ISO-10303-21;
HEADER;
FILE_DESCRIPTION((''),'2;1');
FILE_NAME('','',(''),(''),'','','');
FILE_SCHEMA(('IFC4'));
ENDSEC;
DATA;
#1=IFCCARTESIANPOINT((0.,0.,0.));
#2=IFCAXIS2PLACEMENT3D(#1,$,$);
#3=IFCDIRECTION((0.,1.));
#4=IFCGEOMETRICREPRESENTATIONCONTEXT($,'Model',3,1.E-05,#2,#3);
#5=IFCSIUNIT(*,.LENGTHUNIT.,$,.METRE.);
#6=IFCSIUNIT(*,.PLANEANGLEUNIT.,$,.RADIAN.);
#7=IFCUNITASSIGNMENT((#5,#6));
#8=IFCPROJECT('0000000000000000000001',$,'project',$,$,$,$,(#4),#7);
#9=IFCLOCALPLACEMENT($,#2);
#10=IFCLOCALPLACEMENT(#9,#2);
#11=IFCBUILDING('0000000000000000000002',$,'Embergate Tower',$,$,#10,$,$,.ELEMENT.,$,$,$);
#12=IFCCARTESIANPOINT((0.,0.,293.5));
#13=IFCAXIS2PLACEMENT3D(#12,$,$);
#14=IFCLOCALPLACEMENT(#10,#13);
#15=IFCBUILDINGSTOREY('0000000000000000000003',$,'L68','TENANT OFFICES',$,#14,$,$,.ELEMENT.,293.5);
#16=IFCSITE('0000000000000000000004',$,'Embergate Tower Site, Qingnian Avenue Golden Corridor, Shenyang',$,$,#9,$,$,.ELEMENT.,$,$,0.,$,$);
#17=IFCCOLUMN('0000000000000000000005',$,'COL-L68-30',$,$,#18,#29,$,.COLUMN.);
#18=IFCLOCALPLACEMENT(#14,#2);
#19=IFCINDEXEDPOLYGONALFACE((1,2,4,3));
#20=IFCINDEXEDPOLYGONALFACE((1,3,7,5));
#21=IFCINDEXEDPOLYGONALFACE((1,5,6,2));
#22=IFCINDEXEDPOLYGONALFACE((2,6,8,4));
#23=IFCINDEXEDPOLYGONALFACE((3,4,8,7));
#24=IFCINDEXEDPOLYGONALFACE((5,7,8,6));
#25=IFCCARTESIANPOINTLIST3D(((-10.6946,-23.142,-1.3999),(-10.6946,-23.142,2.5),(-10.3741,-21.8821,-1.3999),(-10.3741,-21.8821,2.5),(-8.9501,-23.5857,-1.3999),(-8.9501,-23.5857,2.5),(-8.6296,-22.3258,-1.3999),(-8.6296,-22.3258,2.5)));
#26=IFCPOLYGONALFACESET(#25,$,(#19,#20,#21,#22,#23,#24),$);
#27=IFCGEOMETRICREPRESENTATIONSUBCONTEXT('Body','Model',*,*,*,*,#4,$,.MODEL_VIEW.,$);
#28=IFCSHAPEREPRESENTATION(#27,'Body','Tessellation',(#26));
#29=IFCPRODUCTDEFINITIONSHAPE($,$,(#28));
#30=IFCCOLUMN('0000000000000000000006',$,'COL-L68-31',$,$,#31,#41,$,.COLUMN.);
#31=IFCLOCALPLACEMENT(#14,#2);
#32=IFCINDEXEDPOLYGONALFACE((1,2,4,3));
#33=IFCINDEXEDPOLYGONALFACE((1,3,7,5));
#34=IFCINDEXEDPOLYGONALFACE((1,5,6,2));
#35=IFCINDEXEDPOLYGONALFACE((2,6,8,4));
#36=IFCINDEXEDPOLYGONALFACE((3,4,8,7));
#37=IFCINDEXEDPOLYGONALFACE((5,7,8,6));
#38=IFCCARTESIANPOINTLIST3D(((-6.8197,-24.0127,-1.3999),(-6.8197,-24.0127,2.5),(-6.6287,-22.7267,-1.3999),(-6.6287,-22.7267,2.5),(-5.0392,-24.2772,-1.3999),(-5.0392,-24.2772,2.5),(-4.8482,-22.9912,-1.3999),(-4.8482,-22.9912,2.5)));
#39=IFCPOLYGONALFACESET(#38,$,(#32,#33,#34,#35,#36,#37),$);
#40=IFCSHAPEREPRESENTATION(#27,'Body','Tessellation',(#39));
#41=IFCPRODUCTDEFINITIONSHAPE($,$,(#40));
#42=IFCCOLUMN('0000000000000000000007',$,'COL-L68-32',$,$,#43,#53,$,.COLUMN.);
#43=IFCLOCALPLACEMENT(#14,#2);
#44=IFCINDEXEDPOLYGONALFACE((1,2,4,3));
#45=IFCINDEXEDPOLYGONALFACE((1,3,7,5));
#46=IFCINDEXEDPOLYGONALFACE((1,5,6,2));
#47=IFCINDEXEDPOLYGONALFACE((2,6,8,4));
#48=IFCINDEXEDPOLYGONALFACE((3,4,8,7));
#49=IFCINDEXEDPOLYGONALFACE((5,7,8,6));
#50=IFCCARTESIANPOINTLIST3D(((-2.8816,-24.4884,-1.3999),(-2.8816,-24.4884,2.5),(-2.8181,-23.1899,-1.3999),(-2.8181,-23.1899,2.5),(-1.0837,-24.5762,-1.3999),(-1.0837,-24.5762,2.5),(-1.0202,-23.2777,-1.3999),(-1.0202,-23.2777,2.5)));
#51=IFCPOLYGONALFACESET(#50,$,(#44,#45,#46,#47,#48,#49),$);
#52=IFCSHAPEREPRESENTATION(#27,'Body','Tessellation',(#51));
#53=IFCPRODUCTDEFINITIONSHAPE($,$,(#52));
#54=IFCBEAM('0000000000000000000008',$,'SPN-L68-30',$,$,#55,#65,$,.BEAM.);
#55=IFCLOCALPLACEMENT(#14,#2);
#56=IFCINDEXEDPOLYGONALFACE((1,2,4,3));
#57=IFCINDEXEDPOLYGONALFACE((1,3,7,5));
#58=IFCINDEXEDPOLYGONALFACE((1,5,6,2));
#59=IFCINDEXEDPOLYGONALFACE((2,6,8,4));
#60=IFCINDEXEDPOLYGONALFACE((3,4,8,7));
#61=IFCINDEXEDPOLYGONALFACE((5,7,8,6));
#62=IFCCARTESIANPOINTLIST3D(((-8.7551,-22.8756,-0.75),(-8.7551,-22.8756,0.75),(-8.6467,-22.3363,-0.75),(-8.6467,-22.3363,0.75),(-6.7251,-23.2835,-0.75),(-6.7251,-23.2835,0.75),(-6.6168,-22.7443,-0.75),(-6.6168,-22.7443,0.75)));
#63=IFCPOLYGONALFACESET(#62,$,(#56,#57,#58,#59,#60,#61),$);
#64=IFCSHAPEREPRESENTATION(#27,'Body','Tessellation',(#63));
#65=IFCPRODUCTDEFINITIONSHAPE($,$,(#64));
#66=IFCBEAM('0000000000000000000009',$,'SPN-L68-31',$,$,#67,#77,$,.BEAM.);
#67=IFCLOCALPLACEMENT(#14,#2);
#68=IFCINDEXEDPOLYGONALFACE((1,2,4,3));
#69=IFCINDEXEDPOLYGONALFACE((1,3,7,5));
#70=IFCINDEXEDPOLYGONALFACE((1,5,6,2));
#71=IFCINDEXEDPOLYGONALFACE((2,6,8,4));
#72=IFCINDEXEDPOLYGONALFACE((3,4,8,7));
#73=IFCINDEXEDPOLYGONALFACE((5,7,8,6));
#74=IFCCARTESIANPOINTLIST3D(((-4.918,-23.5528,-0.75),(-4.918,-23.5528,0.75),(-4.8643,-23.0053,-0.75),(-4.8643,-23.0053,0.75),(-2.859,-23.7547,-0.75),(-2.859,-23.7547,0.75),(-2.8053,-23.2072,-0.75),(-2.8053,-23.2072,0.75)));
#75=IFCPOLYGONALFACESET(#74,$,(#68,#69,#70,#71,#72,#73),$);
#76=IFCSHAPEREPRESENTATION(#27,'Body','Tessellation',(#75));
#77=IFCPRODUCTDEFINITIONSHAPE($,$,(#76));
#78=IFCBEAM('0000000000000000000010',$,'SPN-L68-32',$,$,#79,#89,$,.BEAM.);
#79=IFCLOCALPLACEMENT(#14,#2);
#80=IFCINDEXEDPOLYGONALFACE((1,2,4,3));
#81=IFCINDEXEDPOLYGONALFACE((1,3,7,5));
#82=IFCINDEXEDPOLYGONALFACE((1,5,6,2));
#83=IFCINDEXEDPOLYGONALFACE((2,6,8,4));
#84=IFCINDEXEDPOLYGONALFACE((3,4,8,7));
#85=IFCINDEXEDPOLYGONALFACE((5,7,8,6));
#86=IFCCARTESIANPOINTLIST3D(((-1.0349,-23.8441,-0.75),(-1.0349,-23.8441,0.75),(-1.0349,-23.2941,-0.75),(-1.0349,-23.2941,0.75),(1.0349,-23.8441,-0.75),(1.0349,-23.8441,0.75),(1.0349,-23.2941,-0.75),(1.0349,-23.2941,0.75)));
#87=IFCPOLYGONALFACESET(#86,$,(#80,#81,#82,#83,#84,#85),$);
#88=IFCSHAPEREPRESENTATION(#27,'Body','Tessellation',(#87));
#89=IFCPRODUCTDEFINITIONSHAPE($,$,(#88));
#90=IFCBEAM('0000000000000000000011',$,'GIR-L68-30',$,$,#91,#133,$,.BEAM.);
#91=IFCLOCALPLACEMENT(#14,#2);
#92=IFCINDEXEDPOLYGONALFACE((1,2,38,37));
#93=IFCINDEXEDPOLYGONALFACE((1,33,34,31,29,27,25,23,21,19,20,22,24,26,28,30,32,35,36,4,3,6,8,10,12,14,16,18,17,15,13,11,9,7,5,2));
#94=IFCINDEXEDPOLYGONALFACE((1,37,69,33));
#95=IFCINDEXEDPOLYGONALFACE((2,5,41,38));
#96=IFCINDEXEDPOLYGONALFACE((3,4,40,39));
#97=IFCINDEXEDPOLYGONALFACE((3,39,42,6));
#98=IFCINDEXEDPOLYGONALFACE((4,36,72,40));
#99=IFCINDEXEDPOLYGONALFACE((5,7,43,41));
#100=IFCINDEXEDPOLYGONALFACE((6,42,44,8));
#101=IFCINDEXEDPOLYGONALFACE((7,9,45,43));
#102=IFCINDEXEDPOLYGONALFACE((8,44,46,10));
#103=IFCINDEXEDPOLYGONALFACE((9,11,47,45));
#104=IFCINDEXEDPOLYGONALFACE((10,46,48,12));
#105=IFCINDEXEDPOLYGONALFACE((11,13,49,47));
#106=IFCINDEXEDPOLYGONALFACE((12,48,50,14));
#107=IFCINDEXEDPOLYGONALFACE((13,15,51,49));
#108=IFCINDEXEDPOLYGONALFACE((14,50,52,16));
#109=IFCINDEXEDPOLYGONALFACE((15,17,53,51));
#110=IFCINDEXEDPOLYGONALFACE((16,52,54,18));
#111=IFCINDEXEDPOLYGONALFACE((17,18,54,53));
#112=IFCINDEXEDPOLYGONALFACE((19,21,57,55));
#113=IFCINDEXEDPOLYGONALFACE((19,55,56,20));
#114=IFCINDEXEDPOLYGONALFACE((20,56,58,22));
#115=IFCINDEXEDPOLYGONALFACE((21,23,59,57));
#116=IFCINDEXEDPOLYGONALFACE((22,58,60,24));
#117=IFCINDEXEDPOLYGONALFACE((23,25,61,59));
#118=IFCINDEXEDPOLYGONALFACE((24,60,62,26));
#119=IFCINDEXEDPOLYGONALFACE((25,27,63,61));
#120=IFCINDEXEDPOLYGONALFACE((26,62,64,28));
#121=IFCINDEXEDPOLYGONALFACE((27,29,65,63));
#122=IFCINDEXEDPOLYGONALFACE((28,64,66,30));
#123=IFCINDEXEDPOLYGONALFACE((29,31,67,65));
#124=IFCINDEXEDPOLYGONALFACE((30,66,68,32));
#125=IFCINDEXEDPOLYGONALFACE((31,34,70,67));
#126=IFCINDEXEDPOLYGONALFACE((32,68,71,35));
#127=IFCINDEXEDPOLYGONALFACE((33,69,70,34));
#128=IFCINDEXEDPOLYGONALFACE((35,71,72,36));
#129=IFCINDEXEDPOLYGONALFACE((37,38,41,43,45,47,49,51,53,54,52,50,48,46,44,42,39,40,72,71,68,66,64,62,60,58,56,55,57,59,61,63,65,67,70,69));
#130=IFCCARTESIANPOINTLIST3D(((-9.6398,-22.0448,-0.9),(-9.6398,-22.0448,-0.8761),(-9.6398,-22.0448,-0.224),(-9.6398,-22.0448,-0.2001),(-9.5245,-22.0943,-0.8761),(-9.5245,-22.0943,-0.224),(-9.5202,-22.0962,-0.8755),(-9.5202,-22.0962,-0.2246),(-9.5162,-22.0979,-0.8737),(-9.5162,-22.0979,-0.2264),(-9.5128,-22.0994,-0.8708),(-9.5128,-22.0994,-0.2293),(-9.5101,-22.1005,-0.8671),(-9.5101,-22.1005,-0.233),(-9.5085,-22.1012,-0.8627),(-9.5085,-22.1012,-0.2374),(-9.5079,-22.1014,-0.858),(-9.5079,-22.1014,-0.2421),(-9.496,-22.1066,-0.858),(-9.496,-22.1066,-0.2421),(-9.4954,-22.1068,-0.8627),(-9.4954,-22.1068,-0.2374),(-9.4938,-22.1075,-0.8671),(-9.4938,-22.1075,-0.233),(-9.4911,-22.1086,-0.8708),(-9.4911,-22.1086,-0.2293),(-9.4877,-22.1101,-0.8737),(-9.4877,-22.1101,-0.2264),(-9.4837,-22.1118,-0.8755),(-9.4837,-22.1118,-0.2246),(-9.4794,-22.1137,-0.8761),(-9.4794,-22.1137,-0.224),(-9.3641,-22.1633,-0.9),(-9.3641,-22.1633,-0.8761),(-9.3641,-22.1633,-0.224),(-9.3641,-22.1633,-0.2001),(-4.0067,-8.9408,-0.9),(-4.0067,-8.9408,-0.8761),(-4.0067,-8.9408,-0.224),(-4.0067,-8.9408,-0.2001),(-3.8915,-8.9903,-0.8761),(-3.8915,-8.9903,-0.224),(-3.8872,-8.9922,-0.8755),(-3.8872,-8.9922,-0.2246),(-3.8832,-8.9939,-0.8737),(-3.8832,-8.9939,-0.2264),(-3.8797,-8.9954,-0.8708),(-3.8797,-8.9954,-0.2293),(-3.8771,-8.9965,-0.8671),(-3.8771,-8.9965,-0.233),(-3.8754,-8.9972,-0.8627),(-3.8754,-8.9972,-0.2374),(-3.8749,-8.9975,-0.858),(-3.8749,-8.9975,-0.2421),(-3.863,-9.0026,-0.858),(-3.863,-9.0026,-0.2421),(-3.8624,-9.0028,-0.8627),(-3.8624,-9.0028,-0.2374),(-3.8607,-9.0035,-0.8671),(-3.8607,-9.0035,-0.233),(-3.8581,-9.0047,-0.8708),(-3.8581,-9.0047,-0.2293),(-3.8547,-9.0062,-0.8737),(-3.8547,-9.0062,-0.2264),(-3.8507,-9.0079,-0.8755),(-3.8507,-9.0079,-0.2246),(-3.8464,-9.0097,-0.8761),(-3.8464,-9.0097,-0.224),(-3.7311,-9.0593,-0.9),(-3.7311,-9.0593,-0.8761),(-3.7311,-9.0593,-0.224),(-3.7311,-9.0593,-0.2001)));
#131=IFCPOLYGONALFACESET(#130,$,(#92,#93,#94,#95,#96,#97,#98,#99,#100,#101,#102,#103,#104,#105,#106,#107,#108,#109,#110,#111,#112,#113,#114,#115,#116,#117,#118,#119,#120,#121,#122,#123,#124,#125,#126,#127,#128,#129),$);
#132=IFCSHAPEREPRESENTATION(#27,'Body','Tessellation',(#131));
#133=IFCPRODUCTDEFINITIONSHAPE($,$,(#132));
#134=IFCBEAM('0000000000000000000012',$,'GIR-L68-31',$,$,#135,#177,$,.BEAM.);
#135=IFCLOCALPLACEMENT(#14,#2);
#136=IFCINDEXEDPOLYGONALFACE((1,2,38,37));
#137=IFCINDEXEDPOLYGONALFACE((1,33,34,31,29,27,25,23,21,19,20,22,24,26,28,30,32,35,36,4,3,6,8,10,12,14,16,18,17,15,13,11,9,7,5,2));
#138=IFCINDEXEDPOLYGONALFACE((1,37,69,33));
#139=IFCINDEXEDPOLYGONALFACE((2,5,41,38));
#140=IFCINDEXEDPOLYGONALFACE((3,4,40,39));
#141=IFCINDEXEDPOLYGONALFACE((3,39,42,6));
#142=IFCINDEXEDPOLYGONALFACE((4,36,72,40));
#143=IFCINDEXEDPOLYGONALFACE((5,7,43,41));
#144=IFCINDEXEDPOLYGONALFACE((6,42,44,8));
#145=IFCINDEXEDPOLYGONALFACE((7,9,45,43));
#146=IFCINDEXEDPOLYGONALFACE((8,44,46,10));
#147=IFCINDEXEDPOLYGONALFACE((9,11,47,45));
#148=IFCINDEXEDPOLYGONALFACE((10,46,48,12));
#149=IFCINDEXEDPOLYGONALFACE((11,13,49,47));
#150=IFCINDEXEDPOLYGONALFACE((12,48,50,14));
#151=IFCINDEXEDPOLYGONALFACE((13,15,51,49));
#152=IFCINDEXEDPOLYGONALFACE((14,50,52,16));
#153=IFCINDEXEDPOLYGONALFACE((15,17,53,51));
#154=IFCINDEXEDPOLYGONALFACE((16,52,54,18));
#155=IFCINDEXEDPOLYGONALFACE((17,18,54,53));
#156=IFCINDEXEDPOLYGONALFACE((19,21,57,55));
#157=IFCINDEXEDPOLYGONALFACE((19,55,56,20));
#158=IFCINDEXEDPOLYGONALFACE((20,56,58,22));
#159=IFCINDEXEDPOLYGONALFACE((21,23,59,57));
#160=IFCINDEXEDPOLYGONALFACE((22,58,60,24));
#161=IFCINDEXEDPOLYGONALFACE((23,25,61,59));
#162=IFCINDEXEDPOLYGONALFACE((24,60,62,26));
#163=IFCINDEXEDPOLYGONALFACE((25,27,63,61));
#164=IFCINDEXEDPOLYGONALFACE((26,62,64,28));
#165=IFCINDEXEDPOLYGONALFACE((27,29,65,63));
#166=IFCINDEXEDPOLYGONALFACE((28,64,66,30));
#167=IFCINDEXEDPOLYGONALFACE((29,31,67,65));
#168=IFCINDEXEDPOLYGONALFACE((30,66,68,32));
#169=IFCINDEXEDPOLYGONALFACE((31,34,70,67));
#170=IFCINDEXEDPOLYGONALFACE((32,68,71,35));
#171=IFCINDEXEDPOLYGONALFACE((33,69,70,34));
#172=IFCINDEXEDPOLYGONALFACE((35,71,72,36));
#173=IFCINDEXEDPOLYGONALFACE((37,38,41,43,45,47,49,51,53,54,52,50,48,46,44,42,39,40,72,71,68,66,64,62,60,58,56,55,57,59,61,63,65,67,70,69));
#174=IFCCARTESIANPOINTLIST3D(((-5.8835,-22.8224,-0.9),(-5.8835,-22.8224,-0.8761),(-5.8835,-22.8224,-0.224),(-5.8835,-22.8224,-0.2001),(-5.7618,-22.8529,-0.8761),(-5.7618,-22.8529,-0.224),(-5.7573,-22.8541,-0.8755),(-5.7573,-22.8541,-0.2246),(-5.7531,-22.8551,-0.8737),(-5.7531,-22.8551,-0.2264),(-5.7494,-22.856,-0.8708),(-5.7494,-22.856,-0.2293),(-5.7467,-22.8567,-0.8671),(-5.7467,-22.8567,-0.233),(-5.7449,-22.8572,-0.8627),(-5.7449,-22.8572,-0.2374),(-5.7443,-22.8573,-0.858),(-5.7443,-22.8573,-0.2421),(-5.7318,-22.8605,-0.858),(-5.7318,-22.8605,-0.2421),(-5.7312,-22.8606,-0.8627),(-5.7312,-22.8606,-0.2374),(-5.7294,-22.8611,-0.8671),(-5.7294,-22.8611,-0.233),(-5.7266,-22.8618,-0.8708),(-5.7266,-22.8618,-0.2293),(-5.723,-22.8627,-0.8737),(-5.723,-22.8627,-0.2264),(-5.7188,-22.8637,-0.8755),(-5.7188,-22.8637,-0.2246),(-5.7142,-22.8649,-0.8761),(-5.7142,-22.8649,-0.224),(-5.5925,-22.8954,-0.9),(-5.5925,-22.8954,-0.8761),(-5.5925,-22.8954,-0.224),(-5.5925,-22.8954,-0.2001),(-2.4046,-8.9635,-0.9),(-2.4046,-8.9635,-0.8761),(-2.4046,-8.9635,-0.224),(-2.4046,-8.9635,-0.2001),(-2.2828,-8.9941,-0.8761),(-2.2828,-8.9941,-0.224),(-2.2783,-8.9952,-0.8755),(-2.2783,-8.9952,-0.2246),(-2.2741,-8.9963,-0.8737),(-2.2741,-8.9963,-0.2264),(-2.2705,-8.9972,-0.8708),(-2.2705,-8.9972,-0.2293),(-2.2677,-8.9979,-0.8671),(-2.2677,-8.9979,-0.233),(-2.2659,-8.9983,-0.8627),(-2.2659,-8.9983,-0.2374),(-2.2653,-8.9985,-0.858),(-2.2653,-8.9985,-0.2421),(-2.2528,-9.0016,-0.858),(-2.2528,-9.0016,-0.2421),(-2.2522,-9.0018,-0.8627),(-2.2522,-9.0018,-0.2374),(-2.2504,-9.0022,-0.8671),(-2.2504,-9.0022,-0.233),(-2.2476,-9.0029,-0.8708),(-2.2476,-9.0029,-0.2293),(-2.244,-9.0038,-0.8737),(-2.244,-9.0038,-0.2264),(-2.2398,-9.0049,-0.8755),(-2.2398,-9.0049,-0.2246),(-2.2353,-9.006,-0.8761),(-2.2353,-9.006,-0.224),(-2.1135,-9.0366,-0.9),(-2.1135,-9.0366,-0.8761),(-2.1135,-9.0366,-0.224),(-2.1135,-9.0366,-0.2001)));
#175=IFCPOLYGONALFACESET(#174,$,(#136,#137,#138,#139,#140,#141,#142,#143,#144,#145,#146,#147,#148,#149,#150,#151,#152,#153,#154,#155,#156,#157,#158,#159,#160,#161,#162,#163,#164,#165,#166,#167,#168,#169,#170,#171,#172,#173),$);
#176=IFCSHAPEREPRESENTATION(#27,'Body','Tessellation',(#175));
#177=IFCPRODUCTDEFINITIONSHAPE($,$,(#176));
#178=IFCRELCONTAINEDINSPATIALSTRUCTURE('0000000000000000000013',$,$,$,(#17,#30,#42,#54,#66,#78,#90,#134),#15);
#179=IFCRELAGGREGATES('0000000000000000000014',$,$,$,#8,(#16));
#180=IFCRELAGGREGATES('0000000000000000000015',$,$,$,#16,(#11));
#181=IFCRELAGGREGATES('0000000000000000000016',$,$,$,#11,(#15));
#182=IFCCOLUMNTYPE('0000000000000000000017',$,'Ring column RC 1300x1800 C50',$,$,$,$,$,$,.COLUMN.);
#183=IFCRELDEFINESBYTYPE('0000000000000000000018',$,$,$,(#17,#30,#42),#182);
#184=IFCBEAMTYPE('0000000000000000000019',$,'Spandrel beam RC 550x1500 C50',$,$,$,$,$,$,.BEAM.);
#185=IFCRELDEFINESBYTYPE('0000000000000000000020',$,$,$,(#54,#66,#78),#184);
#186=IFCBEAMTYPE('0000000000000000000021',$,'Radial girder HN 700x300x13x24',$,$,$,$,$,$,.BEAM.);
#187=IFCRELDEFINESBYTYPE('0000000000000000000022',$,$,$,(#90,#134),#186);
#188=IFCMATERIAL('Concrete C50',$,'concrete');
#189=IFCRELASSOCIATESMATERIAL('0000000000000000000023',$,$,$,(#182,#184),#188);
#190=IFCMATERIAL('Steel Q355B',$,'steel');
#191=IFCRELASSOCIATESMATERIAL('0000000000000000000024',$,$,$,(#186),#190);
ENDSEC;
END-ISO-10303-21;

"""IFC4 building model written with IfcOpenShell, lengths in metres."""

from ifc_helpers import new_model, si_unit, direction, frame, origin, origin_2d, place, context, subcontext, project, spatial, rectangle, i_section, extrude, source, transform, mapped, material, material_profile, profile_set, type_object, element, save


model = new_model("IFC4")

# Units and contexts
model_context = context("Model", 3, precision=1e-05, world=origin(), true_north=direction((0.0, 1.0)))
body_context = subcontext(model_context, "Body", "Model", "MODEL_VIEW")
ifc_project = project(units=[si_unit("LENGTHUNIT", "METRE"), si_unit("PLANEANGLEUNIT", "RADIAN")], contexts=[model_context])

# Site, building, storey
site_placement = place(None, origin())
site = spatial("IfcSite", under=ifc_project, at=site_placement, Name="Embergate Tower Site, Qingnian Avenue Golden Corridor, Shenyang", CompositionType="ELEMENT", RefElevation=0.0)
building_placement = place(site_placement, origin())
building = spatial("IfcBuilding", under=site, at=building_placement, Name="Embergate Tower", CompositionType="ELEMENT")
storey_placement = place(building_placement, frame((0.0, 0.0, 293.5)))
storey = spatial("IfcBuildingStorey", under=building, at=storey_placement, Name="L68", Description="TENANT OFFICES", CompositionType="ELEMENT", Elevation=293.5)

# Columns
ifc_material_1 = material(Name="Concrete C50", Category="concrete")
ifc_material_profile_1 = material_profile(ifc_material_1, rectangle(XDim=1.3, YDim=1.8, at=origin_2d()), Name="RC 1300x1800")
ifc_profile_set_1 = profile_set([ifc_material_profile_1], Name="Concrete C50")
column_type = type_object("IfcColumnType", Name="Ring column RC 1300x1800 C50", PredefinedType="COLUMN", material=ifc_profile_set_1)
shared_shape_1 = source(origin(), body_context, "Body", "SweptSolid", [
    extrude(rectangle(XDim=1.3, YDim=1.8, at=origin_2d()), origin(), (0.0, 0.0, 1.0), 3.8999),
])
for number, where, z_axis, x_axis, name in (
    (1, (-9.6621, -22.7339, -1.3999), (0.0, 0.0, 1.0), (-0.246509, -0.969141, 0.0), "COL-L68-30"),
    (2, (-5.834, -23.502, -1.3999), (0.0, 0.0, 1.0), (-0.146929, -0.989147, 0.0), "COL-L68-31"),
    (3, (-1.9509, -23.8831, -1.3999), (0.0, 0.0, 1.0), (-0.048815, -0.998808, 0.0), "COL-L68-32"),
):
    element("IfcColumn", number, at=place(storey_placement, frame(where, z_axis=z_axis, x_axis=x_axis)), inside=storey, type_object=column_type, Name=name, PredefinedType="COLUMN", context=body_context, shape_type="MappedRepresentation", body=[
        mapped(shared_shape_1, transform((0.0, 0.0, 0.0))),
    ])

# Beams
ifc_material_profile_2 = material_profile(ifc_material_1, rectangle(XDim=0.55, YDim=1.5, at=origin_2d()), Name="RC 550x1500")
ifc_profile_set_2 = profile_set([ifc_material_profile_2], Name="Concrete C50")
beam_type_1 = type_object("IfcBeamType", Name="Spandrel beam RC 550x1500 C50", PredefinedType="BEAM", material=ifc_profile_set_2)
shared_shape_2 = source(origin(), body_context, "Body", "SweptSolid", [
    extrude(rectangle(XDim=0.55, YDim=1.5, at=origin_2d()), origin(), (0.0, 0.0, 1.0), 2.0706),
])
beam_1_placement = place(storey_placement, frame((-8.7009, -22.606, 0.0), z_axis=(0.980399, -0.197023, 0.0), x_axis=(0.197023, 0.980399, 0.0)))
element("IfcBeam", 4, at=beam_1_placement, inside=storey, type_object=beam_type_1, Name="SPN-L68-30", PredefinedType="BEAM", context=body_context, shape_type="MappedRepresentation", body=[
    mapped(shared_shape_2, transform((0.0, 0.0, 0.0))),
])
shared_shape_3 = source(origin(), body_context, "Body", "SweptSolid", [
    extrude(rectangle(XDim=0.55, YDim=1.5, at=origin_2d()), origin(), (0.0, 0.0, 1.0), 2.0688),
])
beam_2_placement = place(storey_placement, frame((-4.8911, -23.2791, 0.0), z_axis=(0.995227, -0.097587, 0.0), x_axis=(0.097587, 0.995227, 0.0)))
element("IfcBeam", 5, at=beam_2_placement, inside=storey, type_object=beam_type_1, Name="SPN-L68-31", PredefinedType="BEAM", context=body_context, shape_type="MappedRepresentation", body=[
    mapped(shared_shape_3, transform((0.0, 0.0, 0.0))),
])
shared_shape_4 = source(origin(), body_context, "Body", "SweptSolid", [
    extrude(rectangle(XDim=0.55, YDim=1.5, at=origin_2d()), origin(), (0.0, 0.0, 1.0), 2.0698),
])
beam_3_placement = place(storey_placement, frame((-1.0349, -23.5691, 0.0), z_axis=(1.0, 0.0, 0.0), x_axis=(0.0, 1.0, 0.0)))
element("IfcBeam", 6, at=beam_3_placement, inside=storey, type_object=beam_type_1, Name="SPN-L68-32", PredefinedType="BEAM", context=body_context, shape_type="MappedRepresentation", body=[
    mapped(shared_shape_4, transform((0.0, 0.0, 0.0))),
])
ifc_material_2 = material(Name="Steel Q355B", Category="steel")
ifc_material_profile_3 = material_profile(ifc_material_2, i_section(OverallWidth=0.3, OverallDepth=0.7, WebThickness=0.0129, FlangeThickness=0.0239, FilletRadius=0.0181, at=origin_2d()), Name="HN 700x300x13x24")
ifc_profile_set_3 = profile_set([ifc_material_profile_3], Name="Steel Q355 grade B")
beam_type_2 = type_object("IfcBeamType", Name="Radial girder HN 700x300x13x24", PredefinedType="BEAM", material=ifc_profile_set_3)
shared_shape_5 = source(origin(), body_context, "Body", "SweptSolid", [
    extrude(i_section(OverallWidth=0.3, OverallDepth=0.7, WebThickness=0.0129, FlangeThickness=0.0239, FilletRadius=0.0181, at=origin_2d()), origin(), (0.0, 0.0, 1.0), 14.2634),
])
beam_4_placement = place(storey_placement, frame((-9.502, -22.104, -0.55), z_axis=(0.394929, 0.918712, 0.0), x_axis=(-0.918712, 0.394929, 0.0)))
element("IfcBeam", 7, at=beam_4_placement, inside=storey, type_object=beam_type_2, Name="GIR-L68-30", PredefinedType="BEAM", context=body_context, shape_type="MappedRepresentation", body=[
    mapped(shared_shape_5, transform((0.0, 0.0, 0.0))),
])
shared_shape_6 = source(origin(), body_context, "Body", "SweptSolid", [
    extrude(i_section(OverallWidth=0.3, OverallDepth=0.7, WebThickness=0.0129, FlangeThickness=0.0239, FilletRadius=0.0181, at=origin_2d()), origin(), (0.0, 0.0, 1.0), 14.2888),
])
beam_5_placement = place(storey_placement, frame((-5.738, -22.8589, -0.55), z_axis=(0.243476, 0.969907, 0.0), x_axis=(-0.969907, 0.243476, 0.0)))
element("IfcBeam", 8, at=beam_5_placement, inside=storey, type_object=beam_type_2, Name="GIR-L68-31", PredefinedType="BEAM", context=body_context, shape_type="MappedRepresentation", body=[
    mapped(shared_shape_6, transform((0.0, 0.0, 0.0))),
])

save(model, "model.ifc")
